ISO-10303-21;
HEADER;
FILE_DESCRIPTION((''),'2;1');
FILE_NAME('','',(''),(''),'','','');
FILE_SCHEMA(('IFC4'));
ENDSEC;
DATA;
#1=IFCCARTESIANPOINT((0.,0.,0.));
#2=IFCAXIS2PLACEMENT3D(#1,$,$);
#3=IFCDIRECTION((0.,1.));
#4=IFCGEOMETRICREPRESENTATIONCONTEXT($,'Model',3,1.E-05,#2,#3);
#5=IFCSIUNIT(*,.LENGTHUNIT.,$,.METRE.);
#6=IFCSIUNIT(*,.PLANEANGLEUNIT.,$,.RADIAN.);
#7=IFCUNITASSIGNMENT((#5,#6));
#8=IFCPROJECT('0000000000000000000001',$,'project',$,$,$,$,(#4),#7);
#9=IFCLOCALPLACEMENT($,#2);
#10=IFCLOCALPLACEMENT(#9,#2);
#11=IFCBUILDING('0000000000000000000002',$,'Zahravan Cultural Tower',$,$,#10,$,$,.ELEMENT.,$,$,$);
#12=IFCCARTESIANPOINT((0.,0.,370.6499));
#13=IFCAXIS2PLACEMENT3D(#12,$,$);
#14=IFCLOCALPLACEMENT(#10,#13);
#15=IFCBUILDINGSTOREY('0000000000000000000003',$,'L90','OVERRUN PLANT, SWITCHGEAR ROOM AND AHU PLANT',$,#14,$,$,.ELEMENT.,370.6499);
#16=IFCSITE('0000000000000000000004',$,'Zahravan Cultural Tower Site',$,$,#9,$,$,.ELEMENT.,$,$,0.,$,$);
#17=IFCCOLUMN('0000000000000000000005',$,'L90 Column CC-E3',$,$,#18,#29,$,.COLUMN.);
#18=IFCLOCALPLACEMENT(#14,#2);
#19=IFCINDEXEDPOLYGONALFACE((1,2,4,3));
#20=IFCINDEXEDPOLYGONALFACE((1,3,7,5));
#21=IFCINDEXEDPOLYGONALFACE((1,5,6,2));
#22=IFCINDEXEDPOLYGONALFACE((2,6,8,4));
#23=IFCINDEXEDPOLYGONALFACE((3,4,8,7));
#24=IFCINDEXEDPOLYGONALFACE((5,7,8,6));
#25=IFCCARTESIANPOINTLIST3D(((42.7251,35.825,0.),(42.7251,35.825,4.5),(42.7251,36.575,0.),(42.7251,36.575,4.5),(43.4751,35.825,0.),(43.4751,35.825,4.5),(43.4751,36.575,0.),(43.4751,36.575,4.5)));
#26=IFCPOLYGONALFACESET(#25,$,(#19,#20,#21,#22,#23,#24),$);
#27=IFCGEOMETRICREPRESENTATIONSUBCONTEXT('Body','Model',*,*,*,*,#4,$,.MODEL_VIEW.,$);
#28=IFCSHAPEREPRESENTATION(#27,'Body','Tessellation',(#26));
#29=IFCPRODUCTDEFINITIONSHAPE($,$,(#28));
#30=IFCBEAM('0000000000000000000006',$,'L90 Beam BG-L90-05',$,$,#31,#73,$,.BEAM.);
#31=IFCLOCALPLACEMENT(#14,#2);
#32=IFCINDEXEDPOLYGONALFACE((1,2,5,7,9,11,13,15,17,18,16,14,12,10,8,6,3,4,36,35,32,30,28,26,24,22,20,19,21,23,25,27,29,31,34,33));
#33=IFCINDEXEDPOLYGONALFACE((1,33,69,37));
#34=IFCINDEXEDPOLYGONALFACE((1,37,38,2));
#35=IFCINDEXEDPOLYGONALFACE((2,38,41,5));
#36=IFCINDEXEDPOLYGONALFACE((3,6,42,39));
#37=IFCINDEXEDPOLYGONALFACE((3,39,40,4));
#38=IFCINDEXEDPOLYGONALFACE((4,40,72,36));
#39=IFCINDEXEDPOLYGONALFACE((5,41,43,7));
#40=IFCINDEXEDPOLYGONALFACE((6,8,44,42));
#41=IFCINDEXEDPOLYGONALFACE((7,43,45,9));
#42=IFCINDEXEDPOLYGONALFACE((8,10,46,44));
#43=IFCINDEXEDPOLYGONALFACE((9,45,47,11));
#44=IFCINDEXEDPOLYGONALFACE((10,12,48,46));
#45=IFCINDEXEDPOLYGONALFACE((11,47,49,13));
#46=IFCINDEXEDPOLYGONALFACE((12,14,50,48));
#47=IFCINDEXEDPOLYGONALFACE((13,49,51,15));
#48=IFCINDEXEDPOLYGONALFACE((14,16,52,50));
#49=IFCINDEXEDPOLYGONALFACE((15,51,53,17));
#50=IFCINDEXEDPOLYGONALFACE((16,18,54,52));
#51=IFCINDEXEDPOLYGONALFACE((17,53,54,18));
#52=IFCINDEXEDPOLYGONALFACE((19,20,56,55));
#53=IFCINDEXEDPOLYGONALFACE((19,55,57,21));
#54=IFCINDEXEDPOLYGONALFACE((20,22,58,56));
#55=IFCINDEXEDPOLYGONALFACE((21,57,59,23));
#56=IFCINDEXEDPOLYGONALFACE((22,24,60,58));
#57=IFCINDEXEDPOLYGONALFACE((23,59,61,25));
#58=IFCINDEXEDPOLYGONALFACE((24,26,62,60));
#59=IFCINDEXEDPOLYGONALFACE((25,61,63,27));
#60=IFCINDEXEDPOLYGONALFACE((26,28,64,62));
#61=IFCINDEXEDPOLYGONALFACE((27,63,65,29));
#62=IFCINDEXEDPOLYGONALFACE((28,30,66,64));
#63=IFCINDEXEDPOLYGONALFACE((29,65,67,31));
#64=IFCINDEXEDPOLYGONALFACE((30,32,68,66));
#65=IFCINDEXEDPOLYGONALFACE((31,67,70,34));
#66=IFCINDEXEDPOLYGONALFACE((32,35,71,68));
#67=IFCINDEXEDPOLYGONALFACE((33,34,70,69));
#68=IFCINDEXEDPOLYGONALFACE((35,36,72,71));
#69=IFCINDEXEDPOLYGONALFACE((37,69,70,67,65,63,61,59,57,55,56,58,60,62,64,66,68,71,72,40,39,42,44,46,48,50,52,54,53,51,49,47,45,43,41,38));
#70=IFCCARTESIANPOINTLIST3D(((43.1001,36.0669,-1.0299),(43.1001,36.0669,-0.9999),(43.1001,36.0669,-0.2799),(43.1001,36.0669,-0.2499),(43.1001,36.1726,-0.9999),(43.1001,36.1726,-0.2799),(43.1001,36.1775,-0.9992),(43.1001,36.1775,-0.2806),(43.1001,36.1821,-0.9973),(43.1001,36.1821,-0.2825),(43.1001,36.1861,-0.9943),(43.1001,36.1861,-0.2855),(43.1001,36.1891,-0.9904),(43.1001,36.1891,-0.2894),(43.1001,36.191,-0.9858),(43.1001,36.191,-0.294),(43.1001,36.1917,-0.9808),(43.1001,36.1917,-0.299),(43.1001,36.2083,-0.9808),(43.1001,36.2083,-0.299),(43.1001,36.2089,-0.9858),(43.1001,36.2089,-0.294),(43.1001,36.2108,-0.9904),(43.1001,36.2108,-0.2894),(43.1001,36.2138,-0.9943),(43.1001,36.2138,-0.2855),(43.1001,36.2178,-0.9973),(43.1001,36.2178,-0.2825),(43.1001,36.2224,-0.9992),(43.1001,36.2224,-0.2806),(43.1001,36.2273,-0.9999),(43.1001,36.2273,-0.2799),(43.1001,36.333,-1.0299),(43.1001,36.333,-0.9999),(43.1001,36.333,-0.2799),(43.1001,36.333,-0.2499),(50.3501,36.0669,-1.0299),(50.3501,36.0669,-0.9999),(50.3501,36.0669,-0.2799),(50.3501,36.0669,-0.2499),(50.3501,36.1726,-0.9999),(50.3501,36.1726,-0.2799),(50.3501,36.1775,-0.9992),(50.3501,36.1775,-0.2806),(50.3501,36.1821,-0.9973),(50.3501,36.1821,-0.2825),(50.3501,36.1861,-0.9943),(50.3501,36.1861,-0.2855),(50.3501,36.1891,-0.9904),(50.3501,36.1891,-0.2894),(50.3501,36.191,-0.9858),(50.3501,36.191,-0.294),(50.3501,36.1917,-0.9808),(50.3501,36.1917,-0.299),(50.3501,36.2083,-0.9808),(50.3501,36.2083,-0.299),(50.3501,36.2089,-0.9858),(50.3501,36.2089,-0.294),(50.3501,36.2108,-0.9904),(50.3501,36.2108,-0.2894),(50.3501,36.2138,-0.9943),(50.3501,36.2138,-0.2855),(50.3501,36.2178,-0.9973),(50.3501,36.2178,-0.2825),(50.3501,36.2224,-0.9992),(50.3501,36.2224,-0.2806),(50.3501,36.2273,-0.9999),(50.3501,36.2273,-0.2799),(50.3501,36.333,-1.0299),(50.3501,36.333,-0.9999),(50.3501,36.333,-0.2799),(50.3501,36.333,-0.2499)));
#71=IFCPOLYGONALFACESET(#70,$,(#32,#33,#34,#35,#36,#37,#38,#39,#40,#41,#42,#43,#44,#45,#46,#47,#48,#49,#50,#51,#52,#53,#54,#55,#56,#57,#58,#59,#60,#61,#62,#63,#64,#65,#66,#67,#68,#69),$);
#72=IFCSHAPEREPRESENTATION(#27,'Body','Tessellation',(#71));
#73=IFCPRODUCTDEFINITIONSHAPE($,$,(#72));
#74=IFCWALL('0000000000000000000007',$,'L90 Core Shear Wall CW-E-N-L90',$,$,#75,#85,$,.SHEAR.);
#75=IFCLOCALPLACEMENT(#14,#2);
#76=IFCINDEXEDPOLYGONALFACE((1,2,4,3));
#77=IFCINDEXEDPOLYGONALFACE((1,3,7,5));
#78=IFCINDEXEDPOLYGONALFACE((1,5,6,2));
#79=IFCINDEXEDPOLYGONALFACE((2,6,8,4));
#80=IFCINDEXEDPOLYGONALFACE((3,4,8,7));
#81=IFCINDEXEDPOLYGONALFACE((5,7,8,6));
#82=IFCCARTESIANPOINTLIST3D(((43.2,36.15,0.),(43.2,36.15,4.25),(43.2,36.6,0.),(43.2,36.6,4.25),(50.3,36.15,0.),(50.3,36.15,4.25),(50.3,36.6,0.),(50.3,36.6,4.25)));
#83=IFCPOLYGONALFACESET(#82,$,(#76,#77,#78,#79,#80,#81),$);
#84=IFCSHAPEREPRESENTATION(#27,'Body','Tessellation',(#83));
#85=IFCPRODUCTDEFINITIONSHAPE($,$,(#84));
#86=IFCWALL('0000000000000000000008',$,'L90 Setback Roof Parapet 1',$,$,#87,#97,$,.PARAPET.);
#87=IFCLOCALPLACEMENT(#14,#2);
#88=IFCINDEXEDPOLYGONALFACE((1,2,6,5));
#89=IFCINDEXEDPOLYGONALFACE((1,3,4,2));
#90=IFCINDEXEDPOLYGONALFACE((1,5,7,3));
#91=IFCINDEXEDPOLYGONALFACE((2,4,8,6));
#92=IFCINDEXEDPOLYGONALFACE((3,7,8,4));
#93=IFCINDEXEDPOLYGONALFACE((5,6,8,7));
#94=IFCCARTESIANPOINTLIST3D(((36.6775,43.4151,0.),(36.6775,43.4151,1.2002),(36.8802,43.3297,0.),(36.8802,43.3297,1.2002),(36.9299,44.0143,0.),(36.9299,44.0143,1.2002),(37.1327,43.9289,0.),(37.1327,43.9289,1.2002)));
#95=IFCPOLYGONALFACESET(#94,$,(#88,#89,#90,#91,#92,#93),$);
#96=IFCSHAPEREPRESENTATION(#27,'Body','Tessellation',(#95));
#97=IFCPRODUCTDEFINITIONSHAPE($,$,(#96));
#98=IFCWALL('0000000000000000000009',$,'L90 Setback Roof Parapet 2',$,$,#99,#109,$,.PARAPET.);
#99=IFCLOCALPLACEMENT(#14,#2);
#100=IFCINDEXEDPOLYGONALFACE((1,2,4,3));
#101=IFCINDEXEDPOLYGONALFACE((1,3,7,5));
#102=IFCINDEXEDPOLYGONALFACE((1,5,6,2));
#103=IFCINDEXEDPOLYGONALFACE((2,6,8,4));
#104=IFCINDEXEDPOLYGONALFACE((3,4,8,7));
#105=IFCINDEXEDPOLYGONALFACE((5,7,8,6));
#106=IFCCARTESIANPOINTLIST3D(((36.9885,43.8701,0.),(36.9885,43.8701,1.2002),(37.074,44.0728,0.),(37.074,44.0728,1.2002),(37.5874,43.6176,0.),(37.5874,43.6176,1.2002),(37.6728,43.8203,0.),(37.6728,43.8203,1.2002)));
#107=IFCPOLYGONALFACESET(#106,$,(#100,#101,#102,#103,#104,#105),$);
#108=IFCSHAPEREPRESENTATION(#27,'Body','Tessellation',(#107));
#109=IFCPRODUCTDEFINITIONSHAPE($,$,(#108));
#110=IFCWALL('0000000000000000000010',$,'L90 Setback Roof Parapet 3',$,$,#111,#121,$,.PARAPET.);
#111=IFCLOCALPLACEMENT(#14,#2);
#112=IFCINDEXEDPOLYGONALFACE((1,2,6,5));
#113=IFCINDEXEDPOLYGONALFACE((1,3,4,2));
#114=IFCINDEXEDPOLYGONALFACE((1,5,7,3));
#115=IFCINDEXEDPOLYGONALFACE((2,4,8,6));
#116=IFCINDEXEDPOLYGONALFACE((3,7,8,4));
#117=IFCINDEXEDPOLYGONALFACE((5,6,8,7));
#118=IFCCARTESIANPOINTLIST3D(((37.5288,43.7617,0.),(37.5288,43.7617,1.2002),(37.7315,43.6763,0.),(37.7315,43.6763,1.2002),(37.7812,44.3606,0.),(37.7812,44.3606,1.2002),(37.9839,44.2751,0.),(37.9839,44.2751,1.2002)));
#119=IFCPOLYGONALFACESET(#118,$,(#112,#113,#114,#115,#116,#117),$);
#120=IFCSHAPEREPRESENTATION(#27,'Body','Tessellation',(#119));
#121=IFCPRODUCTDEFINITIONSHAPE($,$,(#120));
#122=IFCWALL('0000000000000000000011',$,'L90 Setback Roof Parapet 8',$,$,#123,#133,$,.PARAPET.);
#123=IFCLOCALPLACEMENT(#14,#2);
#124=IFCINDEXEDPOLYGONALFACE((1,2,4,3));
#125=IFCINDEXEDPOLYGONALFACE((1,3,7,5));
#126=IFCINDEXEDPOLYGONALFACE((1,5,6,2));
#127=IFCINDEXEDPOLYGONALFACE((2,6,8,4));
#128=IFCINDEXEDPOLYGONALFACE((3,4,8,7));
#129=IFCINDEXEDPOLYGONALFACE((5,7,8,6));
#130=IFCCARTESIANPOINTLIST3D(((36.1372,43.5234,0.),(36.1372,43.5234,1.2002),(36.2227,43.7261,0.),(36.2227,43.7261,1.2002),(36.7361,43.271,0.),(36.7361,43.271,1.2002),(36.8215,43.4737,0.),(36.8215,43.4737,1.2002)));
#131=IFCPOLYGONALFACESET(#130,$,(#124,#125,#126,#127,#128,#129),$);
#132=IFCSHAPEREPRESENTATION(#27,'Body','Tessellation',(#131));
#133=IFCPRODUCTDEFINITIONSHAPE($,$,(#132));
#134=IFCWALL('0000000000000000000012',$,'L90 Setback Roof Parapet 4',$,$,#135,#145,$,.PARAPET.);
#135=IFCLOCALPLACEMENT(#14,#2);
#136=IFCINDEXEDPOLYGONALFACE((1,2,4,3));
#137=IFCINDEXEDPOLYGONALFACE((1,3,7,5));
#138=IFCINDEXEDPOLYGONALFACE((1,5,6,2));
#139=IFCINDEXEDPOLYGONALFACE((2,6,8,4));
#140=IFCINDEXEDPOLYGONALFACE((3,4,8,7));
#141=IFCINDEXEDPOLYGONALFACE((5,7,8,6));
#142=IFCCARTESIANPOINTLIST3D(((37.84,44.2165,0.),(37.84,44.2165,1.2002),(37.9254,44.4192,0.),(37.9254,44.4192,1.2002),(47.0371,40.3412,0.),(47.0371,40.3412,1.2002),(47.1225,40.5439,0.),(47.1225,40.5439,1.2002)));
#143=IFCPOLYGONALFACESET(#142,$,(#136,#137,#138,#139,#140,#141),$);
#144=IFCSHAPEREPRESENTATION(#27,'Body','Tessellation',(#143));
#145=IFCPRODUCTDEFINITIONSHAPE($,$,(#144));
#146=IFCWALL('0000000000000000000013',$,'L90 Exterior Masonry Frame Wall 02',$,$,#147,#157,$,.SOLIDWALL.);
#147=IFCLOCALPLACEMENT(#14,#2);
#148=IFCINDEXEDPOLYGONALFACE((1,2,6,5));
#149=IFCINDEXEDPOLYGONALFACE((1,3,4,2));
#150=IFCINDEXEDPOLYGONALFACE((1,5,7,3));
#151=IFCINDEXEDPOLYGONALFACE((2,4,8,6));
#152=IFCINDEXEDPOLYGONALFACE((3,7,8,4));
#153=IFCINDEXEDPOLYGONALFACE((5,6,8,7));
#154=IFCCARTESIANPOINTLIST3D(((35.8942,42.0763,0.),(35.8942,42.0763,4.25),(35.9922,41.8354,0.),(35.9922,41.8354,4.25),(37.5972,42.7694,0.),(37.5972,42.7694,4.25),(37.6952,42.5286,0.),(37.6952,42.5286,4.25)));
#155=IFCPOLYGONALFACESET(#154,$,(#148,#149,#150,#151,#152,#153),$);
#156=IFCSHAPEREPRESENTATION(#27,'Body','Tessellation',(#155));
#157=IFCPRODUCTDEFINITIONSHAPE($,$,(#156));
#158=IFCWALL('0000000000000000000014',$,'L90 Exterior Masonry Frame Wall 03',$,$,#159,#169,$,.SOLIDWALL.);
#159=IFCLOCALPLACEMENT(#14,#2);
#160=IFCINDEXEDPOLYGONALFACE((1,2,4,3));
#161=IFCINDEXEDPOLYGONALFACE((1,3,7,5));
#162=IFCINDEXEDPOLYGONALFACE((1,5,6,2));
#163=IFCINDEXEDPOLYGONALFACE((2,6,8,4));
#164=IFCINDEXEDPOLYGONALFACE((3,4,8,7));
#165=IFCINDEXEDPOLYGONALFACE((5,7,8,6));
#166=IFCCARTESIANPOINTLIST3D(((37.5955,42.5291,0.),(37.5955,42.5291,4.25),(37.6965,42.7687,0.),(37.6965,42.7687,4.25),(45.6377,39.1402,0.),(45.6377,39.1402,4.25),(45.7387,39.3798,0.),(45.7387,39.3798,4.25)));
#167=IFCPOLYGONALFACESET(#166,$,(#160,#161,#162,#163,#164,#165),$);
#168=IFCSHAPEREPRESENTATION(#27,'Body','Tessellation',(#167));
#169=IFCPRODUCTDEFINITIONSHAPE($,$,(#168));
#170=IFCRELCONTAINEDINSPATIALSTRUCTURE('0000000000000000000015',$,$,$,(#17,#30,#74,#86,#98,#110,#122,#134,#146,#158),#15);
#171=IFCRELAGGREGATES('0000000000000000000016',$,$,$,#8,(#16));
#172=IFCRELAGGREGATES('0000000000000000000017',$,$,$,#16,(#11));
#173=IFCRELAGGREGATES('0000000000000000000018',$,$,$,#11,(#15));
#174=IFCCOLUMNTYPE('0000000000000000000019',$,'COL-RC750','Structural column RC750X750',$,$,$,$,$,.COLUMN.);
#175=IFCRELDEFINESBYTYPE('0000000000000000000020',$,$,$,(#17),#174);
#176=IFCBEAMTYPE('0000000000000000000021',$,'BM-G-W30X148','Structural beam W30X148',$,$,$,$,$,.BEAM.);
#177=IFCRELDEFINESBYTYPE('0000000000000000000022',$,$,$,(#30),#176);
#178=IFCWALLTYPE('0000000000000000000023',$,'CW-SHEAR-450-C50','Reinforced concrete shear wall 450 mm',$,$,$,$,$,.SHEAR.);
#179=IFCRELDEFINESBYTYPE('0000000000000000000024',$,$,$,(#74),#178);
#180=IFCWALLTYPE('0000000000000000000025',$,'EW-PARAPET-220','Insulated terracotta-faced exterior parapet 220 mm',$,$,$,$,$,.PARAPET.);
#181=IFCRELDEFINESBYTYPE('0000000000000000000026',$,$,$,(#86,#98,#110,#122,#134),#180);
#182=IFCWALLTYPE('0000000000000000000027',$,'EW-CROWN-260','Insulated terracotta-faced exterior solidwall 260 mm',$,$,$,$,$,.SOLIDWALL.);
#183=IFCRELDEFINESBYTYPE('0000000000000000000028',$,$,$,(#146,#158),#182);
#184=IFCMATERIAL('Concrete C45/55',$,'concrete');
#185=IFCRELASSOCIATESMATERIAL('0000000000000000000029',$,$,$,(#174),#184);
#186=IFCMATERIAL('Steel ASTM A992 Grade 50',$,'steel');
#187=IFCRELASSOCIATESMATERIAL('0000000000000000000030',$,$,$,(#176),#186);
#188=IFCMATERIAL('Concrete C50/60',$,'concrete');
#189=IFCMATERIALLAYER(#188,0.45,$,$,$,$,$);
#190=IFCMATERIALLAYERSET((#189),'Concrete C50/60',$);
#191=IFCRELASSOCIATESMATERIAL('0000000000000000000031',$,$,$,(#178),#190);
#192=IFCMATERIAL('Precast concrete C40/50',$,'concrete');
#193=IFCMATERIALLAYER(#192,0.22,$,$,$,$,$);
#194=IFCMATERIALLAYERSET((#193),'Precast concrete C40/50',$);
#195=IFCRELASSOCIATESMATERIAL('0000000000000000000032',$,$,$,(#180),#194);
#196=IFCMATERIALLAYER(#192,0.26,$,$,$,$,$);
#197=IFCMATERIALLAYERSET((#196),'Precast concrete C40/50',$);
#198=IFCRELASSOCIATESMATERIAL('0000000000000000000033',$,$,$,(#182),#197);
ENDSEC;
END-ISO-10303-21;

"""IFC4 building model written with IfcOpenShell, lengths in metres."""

from ifc_helpers import new_model, si_unit, direction, frame, frame_2d, origin, origin_2d, place, context, subcontext, project, spatial, rectangle, i_section, extrude, source, transform, mapped, material, layer, layer_set, material_profile, profile_set, type_object, element, save


model = new_model("IFC4")

# Units and contexts
model_context = context("Model", 3, precision=1e-05, world=origin(), true_north=direction((0.0, 1.0)))
body_context = subcontext(model_context, "Body", "Model", "MODEL_VIEW")
ifc_project = project(units=[si_unit("LENGTHUNIT", "METRE"), si_unit("PLANEANGLEUNIT", "RADIAN")], contexts=[model_context])

# Site, building, storey
site_placement = place(None, origin())
site = spatial("IfcSite", under=ifc_project, at=site_placement, Name="Zahravan Cultural Tower Site", CompositionType="ELEMENT", RefElevation=0.0)
building_placement = place(site_placement, origin())
building = spatial("IfcBuilding", under=site, at=building_placement, Name="Zahravan Cultural Tower", CompositionType="ELEMENT")
storey_placement = place(building_placement, frame((0.0, 0.0, 370.6499)))
storey = spatial("IfcBuildingStorey", under=building, at=storey_placement, Name="L90", Description="OVERRUN PLANT, SWITCHGEAR ROOM AND AHU PLANT", CompositionType="ELEMENT", Elevation=370.6499)

# Column
ifc_material_1 = material(Name="Concrete C45/55", Category="concrete")
ifc_material_profile_1 = material_profile(ifc_material_1, rectangle(XDim=0.75, YDim=0.75, at=origin_2d()), Name="RC750X750")
ifc_profile_set_1 = profile_set([ifc_material_profile_1], Name="Concrete C45/55")
column_type = type_object("IfcColumnType", Name="COL-RC750", Description="Structural column RC750X750", PredefinedType="COLUMN", material=ifc_profile_set_1)
shared_shape_1 = source(origin(), body_context, "Body", "SweptSolid", [
    extrude(rectangle(XDim=0.75, YDim=0.75, at=origin_2d()), origin(), (0.0, 0.0, 1.0), 4.5),
])
column_placement = place(storey_placement, frame((43.1001, 36.2, 0.0), z_axis=(0.0, 0.0, 1.0), x_axis=(1.0, 0.0, 0.0)))
element("IfcColumn", 1, at=column_placement, inside=storey, type_object=column_type, Name="L90 Column CC-E3", PredefinedType="COLUMN", context=body_context, shape_type="MappedRepresentation", body=[
    mapped(shared_shape_1, transform((0.0, 0.0, 0.0), x_axis=(1.0, 0.0, 0.0), y_axis=(0.0, 1.0, 0.0), z_axis=(0.0, 0.0, 1.0), scale=1.0)),
])

# Beam
ifc_material_2 = material(Name="Steel ASTM A992 Grade 50", Category="steel")
ifc_material_profile_2 = material_profile(ifc_material_2, i_section(OverallWidth=0.2661, OverallDepth=0.78, WebThickness=0.0166, FlangeThickness=0.03, FilletRadius=0.019, at=origin_2d()), Name="W30X148")
ifc_profile_set_2 = profile_set([ifc_material_profile_2], Name="Steel ASTM A992 Grade 50")
beam_type = type_object("IfcBeamType", Name="BM-G-W30X148", Description="Structural beam W30X148", PredefinedType="BEAM", material=ifc_profile_set_2)
shared_shape_2 = source(origin(), body_context, "Body", "SweptSolid", [
    extrude(i_section(OverallWidth=0.2661, OverallDepth=0.78, WebThickness=0.0166, FlangeThickness=0.03, FilletRadius=0.019, at=origin_2d()), origin(), (0.0, 0.0, 1.0), 7.25),
])
beam_placement = place(storey_placement, frame((43.1001, 36.2, -0.6399), z_axis=(1.0, 0.0, 0.0), x_axis=(0.0, 1.0, 0.0)))
element("IfcBeam", 2, at=beam_placement, inside=storey, type_object=beam_type, Name="L90 Beam BG-L90-05", PredefinedType="BEAM", context=body_context, shape_type="MappedRepresentation", body=[
    mapped(shared_shape_2, transform((0.0, 0.0, 0.0), x_axis=(1.0, 0.0, 0.0), y_axis=(0.0, 1.0, 0.0), z_axis=(0.0, 0.0, 1.0), scale=1.0)),
])

# Walls
ifc_material_3 = material(Name="Concrete C50/60", Category="concrete")
ifc_layer_1 = layer(ifc_material_3, 0.45)
ifc_layer_set_1 = layer_set([ifc_layer_1], Name="Concrete C50/60")
wall_type_1 = type_object("IfcWallType", Name="CW-SHEAR-450-C50", Description="Reinforced concrete shear wall 450 mm", PredefinedType="SHEAR", material=ifc_layer_set_1)
shared_shape_3 = source(origin(), body_context, "Body", "SweptSolid", [
    extrude(rectangle(XDim=7.1001, YDim=0.45, at=frame_2d((3.55, 0.0))), origin(), (0.0, 0.0, 1.0), 4.25),
])
wall_1_placement = place(storey_placement, frame((43.2, 36.375, 0.0), z_axis=(0.0, 0.0, 1.0), x_axis=(1.0, 0.0, 0.0)))
element("IfcWall", 3, at=wall_1_placement, inside=storey, type_object=wall_type_1, Name="L90 Core Shear Wall CW-E-N-L90", PredefinedType="SHEAR", context=body_context, shape_type="MappedRepresentation", body=[
    mapped(shared_shape_3, transform((0.0, 0.0, 0.0), x_axis=(1.0, 0.0, 0.0), y_axis=(0.0, 1.0, 0.0), z_axis=(0.0, 0.0, 1.0), scale=1.0)),
])
ifc_material_4 = material(Name="Precast concrete C40/50", Category="concrete")
ifc_layer_2 = layer(ifc_material_4, 0.22)
ifc_layer_set_2 = layer_set([ifc_layer_2], Name="Precast concrete C40/50")
wall_type_2 = type_object("IfcWallType", Name="EW-PARAPET-220", Description="Insulated terracotta-faced exterior parapet 220 mm", PredefinedType="PARAPET", material=ifc_layer_set_2)
shared_shape_4 = source(origin(), body_context, "Body", "SweptSolid", [
    extrude(rectangle(XDim=0.6501, YDim=0.22, at=frame_2d((0.3252, 0.0))), origin(), (0.0, 0.0, 1.0), 1.2002),
])
wall_2_placement = place(storey_placement, frame((36.7788, 43.3723, 0.0), z_axis=(0.0, 0.0, 1.0), x_axis=(0.388292, 0.921536, 0.0)))
element("IfcWall", 4, at=wall_2_placement, inside=storey, type_object=wall_type_2, Name="L90 Setback Roof Parapet 1", PredefinedType="PARAPET", context=body_context, shape_type="MappedRepresentation", body=[
    mapped(shared_shape_4, transform((0.0, 0.0, 0.0), x_axis=(1.0, 0.0, 0.0), y_axis=(0.0, 1.0, 0.0), z_axis=(0.0, 0.0, 1.0), scale=1.0)),
])
shared_shape_5 = source(origin(), body_context, "Body", "SweptSolid", [
    extrude(rectangle(XDim=0.6499, YDim=0.22, at=frame_2d((0.325, 0.0))), origin(), (0.0, 0.0, 1.0), 1.2002),
])
for number, where, z_axis, x_axis, name in (
    (5, (37.0312, 43.9714, 0.0), (0.0, 0.0, 1.0), (0.92148, -0.388426, 0.0), "L90 Setback Roof Parapet 2"),
    (6, (37.6301, 43.719, 0.0), (0.0, 0.0, 1.0), (0.388426, 0.92148, 0.0), "L90 Setback Roof Parapet 3"),
    (7, (36.1799, 43.6248, 0.0), (0.0, 0.0, 1.0), (0.92148, -0.388426, 0.0), "L90 Setback Roof Parapet 8"),
):
    element("IfcWall", number, at=place(storey_placement, frame(where, z_axis=z_axis, x_axis=x_axis)), inside=storey, type_object=wall_type_2, Name=name, PredefinedType="PARAPET", context=body_context, shape_type="MappedRepresentation", body=[
        mapped(shared_shape_5, transform((0.0, 0.0, 0.0), x_axis=(1.0, 0.0, 0.0), y_axis=(0.0, 1.0, 0.0), z_axis=(0.0, 0.0, 1.0), scale=1.0)),
    ])
shared_shape_6 = source(origin(), body_context, "Body", "SweptSolid", [
    extrude(rectangle(XDim=9.9802, YDim=0.22, at=frame_2d((4.9902, 0.0))), origin(), (0.0, 0.0, 1.0), 1.2002),
])
wall_3_placement = place(storey_placement, frame((37.8826, 44.3179, 0.0), z_axis=(0.0, 0.0, 1.0), x_axis=(0.921535, -0.388296, 0.0)))
element("IfcWall", 8, at=wall_3_placement, inside=storey, type_object=wall_type_2, Name="L90 Setback Roof Parapet 4", PredefinedType="PARAPET", context=body_context, shape_type="MappedRepresentation", body=[
    mapped(shared_shape_6, transform((0.0, 0.0, 0.0), x_axis=(1.0, 0.0, 0.0), y_axis=(0.0, 1.0, 0.0), z_axis=(0.0, 0.0, 1.0), scale=1.0)),
])
ifc_layer_3 = layer(ifc_material_4, 0.26)
ifc_layer_set_3 = layer_set([ifc_layer_3], Name="Precast concrete C40/50")
wall_type_3 = type_object("IfcWallType", Name="EW-CROWN-260", Description="Insulated terracotta-faced exterior solidwall 260 mm", PredefinedType="SOLIDWALL", material=ifc_layer_set_3)
shared_shape_7 = source(origin(), body_context, "Body", "SweptSolid", [
    extrude(rectangle(XDim=1.8386, YDim=0.26, at=frame_2d((0.9194, 0.0))), origin(), (0.0, 0.0, 1.0), 4.25),
])
wall_4_placement = place(storey_placement, frame((35.9431, 41.9558, 0.0), z_axis=(0.0, 0.0, 1.0), x_axis=(0.926216, 0.376993, 0.0)))
element("IfcWall", 9, at=wall_4_placement, inside=storey, type_object=wall_type_3, Name="L90 Exterior Masonry Frame Wall 02", PredefinedType="SOLIDWALL", context=body_context, shape_type="MappedRepresentation", body=[
    mapped(shared_shape_7, transform((0.0, 0.0, 0.0), x_axis=(1.0, 0.0, 0.0), y_axis=(0.0, 1.0, 0.0), z_axis=(0.0, 0.0, 1.0), scale=1.0)),
])
shared_shape_8 = source(origin(), body_context, "Body", "SweptSolid", [
    extrude(rectangle(XDim=8.7271, YDim=0.26, at=frame_2d((4.3635, 0.0))), origin(), (0.0, 0.0, 1.0), 4.25),
])
wall_5_placement = place(storey_placement, frame((37.646, 42.6489, 0.0), z_axis=(0.0, 0.0, 1.0), x_axis=(0.921524, -0.388321, 0.0)))
element("IfcWall", 10, at=wall_5_placement, inside=storey, type_object=wall_type_3, Name="L90 Exterior Masonry Frame Wall 03", PredefinedType="SOLIDWALL", context=body_context, shape_type="MappedRepresentation", body=[
    mapped(shared_shape_8, transform((0.0, 0.0, 0.0), x_axis=(1.0, 0.0, 0.0), y_axis=(0.0, 1.0, 0.0), z_axis=(0.0, 0.0, 1.0), scale=1.0)),
])

save(model, "model.ifc")
